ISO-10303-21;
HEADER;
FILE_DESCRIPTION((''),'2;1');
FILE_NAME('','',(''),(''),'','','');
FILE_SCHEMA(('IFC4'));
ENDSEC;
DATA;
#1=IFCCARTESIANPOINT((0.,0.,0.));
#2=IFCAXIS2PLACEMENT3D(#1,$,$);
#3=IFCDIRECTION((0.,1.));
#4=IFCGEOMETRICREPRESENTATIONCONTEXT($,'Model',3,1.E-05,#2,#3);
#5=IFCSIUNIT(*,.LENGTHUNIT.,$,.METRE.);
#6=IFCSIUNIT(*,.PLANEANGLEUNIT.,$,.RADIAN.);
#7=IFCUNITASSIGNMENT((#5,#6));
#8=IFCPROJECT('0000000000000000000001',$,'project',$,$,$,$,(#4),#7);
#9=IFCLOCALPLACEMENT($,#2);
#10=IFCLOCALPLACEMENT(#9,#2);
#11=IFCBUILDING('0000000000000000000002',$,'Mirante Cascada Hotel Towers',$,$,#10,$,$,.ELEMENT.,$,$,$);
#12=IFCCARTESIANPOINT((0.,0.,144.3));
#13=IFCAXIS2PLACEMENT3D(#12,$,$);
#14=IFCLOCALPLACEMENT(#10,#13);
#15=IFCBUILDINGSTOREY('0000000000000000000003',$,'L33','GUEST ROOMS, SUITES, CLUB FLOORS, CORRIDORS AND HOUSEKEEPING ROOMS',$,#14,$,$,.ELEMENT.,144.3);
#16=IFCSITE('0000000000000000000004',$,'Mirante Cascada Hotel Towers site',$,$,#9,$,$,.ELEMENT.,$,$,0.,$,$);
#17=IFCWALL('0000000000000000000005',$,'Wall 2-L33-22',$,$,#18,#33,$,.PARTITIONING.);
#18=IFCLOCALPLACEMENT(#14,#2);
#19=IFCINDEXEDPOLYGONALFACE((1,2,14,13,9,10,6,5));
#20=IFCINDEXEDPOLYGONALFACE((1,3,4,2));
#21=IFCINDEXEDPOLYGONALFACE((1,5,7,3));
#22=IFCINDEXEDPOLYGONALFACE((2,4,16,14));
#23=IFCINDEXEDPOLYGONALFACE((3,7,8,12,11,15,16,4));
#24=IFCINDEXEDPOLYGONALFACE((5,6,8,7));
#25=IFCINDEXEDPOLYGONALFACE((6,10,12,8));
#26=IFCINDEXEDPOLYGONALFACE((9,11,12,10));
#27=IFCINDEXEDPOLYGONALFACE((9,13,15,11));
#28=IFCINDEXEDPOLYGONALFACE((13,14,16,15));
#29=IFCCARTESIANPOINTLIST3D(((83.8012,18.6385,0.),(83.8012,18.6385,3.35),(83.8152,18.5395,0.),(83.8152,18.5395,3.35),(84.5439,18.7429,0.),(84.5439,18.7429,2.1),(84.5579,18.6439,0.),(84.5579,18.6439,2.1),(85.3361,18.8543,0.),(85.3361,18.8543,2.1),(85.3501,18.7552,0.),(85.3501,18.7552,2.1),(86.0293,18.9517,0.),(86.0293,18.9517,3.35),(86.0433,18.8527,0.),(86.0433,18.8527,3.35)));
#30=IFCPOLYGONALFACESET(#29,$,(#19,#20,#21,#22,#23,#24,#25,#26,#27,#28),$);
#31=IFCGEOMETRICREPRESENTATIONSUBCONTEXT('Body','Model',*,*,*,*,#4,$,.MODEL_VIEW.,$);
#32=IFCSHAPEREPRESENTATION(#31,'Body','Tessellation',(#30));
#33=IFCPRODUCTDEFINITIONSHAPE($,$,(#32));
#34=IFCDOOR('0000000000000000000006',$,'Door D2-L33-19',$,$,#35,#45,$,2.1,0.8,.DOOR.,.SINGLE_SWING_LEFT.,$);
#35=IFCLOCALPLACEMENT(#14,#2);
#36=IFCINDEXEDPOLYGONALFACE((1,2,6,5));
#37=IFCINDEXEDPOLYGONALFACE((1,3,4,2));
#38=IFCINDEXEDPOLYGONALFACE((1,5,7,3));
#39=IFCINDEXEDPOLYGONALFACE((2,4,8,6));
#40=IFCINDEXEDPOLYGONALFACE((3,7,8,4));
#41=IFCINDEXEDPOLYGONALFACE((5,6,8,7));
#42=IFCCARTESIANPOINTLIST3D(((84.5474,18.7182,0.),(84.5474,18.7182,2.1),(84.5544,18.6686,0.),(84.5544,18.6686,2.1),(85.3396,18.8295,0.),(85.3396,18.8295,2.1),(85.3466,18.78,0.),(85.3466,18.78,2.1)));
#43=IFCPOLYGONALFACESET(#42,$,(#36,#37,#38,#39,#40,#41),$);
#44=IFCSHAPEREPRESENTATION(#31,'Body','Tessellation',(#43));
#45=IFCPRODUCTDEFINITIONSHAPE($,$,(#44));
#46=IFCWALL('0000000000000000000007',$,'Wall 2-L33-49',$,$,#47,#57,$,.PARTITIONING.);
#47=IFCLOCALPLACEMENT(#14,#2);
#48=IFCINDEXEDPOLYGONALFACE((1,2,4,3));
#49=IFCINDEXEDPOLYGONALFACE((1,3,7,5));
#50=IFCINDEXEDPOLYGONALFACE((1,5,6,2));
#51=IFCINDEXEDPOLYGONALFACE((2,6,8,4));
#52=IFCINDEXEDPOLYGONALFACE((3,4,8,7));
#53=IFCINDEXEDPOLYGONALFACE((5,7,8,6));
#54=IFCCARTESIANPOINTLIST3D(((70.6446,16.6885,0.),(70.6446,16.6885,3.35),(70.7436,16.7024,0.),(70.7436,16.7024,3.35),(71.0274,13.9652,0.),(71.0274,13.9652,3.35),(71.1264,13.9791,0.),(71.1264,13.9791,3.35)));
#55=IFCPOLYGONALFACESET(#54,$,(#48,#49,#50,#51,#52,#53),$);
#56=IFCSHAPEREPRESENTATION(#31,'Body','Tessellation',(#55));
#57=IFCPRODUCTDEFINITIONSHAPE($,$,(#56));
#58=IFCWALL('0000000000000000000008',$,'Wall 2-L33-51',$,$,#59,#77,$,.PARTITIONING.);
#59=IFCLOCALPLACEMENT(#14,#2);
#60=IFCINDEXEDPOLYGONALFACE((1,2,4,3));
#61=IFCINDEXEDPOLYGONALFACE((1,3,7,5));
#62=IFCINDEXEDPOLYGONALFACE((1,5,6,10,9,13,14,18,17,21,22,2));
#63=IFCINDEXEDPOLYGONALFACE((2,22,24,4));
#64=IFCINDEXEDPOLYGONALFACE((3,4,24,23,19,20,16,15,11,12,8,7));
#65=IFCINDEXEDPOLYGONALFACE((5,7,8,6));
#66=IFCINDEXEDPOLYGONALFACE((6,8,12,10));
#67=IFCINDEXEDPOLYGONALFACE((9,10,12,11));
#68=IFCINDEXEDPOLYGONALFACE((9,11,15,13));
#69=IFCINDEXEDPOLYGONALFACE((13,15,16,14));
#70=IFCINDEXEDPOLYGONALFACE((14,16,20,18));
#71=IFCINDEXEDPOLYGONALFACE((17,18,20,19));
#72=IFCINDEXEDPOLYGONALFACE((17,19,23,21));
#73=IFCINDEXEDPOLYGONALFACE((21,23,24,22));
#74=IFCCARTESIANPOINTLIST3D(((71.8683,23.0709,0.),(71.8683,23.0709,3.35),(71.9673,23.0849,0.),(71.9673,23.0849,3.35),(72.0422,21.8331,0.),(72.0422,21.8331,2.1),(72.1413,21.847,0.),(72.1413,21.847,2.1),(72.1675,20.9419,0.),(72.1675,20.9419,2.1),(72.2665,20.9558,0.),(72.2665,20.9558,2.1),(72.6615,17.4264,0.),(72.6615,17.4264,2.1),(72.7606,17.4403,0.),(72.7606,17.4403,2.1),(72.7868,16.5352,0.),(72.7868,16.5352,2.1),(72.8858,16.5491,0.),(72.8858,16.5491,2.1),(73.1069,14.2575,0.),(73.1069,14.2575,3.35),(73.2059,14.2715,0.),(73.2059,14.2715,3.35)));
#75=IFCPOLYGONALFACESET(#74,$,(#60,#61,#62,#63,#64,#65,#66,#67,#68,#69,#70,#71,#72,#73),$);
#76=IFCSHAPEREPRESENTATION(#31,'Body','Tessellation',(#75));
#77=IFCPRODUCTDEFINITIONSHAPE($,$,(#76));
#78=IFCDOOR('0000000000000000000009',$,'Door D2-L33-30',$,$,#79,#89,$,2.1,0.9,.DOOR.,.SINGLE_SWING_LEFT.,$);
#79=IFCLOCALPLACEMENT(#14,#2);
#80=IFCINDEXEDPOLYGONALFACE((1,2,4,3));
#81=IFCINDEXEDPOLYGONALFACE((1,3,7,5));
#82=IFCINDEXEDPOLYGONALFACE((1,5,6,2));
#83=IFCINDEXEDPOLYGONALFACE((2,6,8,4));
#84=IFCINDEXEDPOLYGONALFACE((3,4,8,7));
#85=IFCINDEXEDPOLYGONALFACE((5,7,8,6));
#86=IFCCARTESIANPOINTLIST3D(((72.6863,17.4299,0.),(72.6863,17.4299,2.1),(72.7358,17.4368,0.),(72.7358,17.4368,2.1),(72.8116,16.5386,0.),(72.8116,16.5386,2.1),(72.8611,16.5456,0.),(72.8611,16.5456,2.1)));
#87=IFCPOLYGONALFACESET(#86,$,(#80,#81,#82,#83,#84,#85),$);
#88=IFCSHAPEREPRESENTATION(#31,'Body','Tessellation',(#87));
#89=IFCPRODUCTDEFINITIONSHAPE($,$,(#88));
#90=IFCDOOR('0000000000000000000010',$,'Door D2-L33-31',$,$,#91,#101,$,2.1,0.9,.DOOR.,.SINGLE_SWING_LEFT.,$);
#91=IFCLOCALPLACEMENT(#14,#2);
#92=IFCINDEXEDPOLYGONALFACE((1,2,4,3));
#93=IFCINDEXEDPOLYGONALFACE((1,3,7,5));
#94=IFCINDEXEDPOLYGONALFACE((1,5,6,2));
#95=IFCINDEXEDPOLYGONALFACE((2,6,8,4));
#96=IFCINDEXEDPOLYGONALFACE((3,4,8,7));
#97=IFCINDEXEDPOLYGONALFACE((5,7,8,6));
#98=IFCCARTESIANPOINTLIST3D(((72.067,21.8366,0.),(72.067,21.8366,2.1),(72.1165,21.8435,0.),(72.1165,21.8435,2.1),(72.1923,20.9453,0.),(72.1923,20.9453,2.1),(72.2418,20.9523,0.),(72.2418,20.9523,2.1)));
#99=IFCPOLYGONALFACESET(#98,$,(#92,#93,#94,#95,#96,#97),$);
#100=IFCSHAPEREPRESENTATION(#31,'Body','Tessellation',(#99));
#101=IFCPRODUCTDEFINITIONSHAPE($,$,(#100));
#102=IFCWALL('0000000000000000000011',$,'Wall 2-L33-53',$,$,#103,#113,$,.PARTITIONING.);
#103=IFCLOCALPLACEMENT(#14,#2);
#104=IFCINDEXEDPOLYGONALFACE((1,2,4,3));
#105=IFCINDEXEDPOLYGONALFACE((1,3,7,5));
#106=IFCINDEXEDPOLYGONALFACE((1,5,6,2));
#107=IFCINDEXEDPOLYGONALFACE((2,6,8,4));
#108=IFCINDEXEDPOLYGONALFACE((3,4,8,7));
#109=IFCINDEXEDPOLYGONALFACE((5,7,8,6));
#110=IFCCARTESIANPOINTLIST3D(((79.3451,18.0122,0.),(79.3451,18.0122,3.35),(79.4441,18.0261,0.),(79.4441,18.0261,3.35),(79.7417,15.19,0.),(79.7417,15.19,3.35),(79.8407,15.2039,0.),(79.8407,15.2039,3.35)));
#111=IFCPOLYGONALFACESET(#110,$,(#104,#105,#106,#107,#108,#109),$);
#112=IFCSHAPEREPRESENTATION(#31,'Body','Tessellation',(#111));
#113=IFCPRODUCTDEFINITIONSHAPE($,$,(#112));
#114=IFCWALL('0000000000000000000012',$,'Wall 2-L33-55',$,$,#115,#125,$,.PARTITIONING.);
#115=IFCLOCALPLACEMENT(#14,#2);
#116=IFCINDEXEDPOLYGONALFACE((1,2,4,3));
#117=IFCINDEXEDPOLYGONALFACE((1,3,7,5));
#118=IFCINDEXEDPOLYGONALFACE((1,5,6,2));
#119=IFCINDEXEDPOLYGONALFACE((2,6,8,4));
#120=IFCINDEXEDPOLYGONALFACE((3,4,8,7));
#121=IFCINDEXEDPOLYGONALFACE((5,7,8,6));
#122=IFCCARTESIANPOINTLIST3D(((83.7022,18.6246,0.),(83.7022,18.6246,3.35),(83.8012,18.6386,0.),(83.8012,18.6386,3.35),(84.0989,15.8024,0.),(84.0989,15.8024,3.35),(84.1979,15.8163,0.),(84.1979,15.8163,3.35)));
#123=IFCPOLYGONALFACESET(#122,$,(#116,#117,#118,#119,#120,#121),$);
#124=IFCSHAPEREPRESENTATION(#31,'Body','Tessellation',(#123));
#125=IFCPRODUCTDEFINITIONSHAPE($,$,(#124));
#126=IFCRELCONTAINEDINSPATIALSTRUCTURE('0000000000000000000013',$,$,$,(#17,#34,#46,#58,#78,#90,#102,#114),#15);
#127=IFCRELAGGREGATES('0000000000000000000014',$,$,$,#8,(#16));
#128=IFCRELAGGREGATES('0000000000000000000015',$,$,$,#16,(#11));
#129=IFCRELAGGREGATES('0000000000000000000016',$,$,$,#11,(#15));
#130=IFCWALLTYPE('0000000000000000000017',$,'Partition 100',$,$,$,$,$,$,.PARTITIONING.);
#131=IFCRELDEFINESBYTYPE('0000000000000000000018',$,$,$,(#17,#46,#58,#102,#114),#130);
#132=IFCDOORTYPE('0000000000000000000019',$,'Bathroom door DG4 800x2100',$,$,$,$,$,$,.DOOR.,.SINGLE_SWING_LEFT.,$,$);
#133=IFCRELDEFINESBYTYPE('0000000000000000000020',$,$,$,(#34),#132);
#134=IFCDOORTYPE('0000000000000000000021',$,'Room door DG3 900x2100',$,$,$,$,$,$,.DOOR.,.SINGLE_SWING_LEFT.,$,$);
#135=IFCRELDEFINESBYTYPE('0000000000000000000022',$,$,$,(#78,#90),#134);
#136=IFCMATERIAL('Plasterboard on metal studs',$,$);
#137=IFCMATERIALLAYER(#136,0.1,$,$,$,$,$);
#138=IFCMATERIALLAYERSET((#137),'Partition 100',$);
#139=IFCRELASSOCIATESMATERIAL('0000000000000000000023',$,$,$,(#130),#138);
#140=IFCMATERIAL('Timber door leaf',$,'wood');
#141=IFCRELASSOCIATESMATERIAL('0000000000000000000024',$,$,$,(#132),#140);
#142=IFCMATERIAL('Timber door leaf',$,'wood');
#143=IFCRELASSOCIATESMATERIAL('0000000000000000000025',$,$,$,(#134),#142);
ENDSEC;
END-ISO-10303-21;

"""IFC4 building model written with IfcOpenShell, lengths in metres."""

from ifc_helpers import new_model, si_unit, direction, frame, frame_2d, origin, place, context, subcontext, project, spatial, rectangle, extrude, material, layer, layer_set, type_object, element, fill, save


model = new_model("IFC4")

# Units and contexts
model_context = context("Model", 3, precision=1e-05, world=origin(), true_north=direction((0.0, 1.0)))
body_context = subcontext(model_context, "Body", "Model", "MODEL_VIEW")
ifc_project = project(units=[si_unit("LENGTHUNIT", "METRE"), si_unit("PLANEANGLEUNIT", "RADIAN")], contexts=[model_context])

# Site, building, storey
site_placement = place(None, origin())
site = spatial("IfcSite", under=ifc_project, at=site_placement, Name="Mirante Cascada Hotel Towers site", CompositionType="ELEMENT", RefElevation=0.0)
building_placement = place(site_placement, origin())
building = spatial("IfcBuilding", under=site, at=building_placement, Name="Mirante Cascada Hotel Towers", CompositionType="ELEMENT")
storey_placement = place(building_placement, frame((0.0, 0.0, 144.3)))
storey = spatial("IfcBuildingStorey", under=building, at=storey_placement, Name="L33", Description="GUEST ROOMS, SUITES, CLUB FLOORS, CORRIDORS AND HOUSEKEEPING ROOMS", CompositionType="ELEMENT", Elevation=144.3)

# Wall, opening, door
ifc_material_1 = material(Name="Plasterboard on metal studs")
ifc_layer_1 = layer(ifc_material_1, 0.1)
ifc_layer_set_1 = layer_set([ifc_layer_1], Name="Partition 100")
wall_type_1 = type_object("IfcWallType", Name="Partition 100", PredefinedType="PARTITIONING", material=ifc_layer_set_1)
ifc_material_2 = material(Name="Timber door leaf", Category="wood")
door_type_1 = type_object("IfcDoorType", Name="Bathroom door DG4 800x2100", OperationType="SINGLE_SWING_LEFT", PredefinedType="DOOR", material=ifc_material_2)
wall_1_placement = place(storey_placement, frame((83.8082, 18.589, 0.0), z_axis=(0.0, 0.0, 1.0), x_axis=(0.990264, 0.1392, 0.0)))
wall_1 = element("IfcWall", 1, at=wall_1_placement, inside=storey, type_object=wall_type_1, Name="Wall 2-L33-22", PredefinedType="PARTITIONING", context=body_context, shape_type="SweptSolid", body=[
    extrude(rectangle(XDim=2.25, YDim=0.1, at=frame_2d((1.125, 0.0))), origin(), (0.0, 0.0, 1.0), 3.35),
])
opening_1_placement = place(wall_1_placement, frame((0.75, 0.0, 0.0)))
opening_1 = element("IfcOpeningElement", 2, at=opening_1_placement, cuts=wall_1, PredefinedType="OPENING", context=body_context, shape_type="SweptSolid", body=[
    extrude(rectangle(XDim=0.8, YDim=2.1, at=frame_2d((0.4, 1.05))), frame((0.0, 0.05, 0.0), z_axis=(0.0, -1.0, 0.0), x_axis=(1.0, 0.0, 0.0)), (0.0, 0.0, 1.0), 0.1),
])
door_1_placement = place(opening_1_placement, origin())
door_1 = element("IfcDoor", 3, at=door_1_placement, inside=storey, type_object=door_type_1, Name="Door D2-L33-19", OperationType="SINGLE_SWING_LEFT", OverallHeight=2.1, OverallWidth=0.8, PredefinedType="DOOR", context=body_context, shape_type="SweptSolid", body=[
    extrude(rectangle(XDim=0.8, YDim=2.1, at=frame_2d((0.4, 1.05))), frame((0.0, 0.025, 0.0), z_axis=(0.0, -1.0, 0.0), x_axis=(1.0, 0.0, 0.0)), (0.0, 0.0, 1.0), 0.05),
])
fill(opening_1, door_1)

# Wall
wall_2_placement = place(storey_placement, frame((70.6941, 16.6955, 0.0), z_axis=(0.0, 0.0, 1.0), x_axis=(0.139196, -0.990265, 0.0)))
element("IfcWall", 4, at=wall_2_placement, inside=storey, type_object=wall_type_1, Name="Wall 2-L33-49", PredefinedType="PARTITIONING", context=body_context, shape_type="SweptSolid", body=[
    extrude(rectangle(XDim=2.7501, YDim=0.1, at=frame_2d((1.3751, 0.0))), origin(), (0.0, 0.0, 1.0), 3.35),
])

# Wall, openings, doors
wall_3_placement = place(storey_placement, frame((71.9178, 23.0779, 0.0), z_axis=(0.0, 0.0, 1.0), x_axis=(0.139168, -0.990269, 0.0)))
wall_3 = element("IfcWall", 5, at=wall_3_placement, inside=storey, type_object=wall_type_1, Name="Wall 2-L33-51", PredefinedType="PARTITIONING", context=body_context, shape_type="SweptSolid", body=[
    extrude(rectangle(XDim=8.9, YDim=0.1, at=frame_2d((4.45, 0.0))), origin(), (0.0, 0.0, 1.0), 3.35),
])
opening_2_placement = place(wall_3_placement, frame((5.7, 0.0, 0.0)))
opening_2 = element("IfcOpeningElement", 6, at=opening_2_placement, cuts=wall_3, PredefinedType="OPENING", context=body_context, shape_type="SweptSolid", body=[
    extrude(rectangle(XDim=0.9, YDim=2.1, at=frame_2d((0.45, 1.05))), frame((0.0, 0.05, 0.0), z_axis=(0.0, -1.0, 0.0), x_axis=(1.0, 0.0, 0.0)), (0.0, 0.0, 1.0), 0.1),
])
opening_3_placement = place(wall_3_placement, frame((1.25, 0.0, 0.0)))
opening_3 = element("IfcOpeningElement", 7, at=opening_3_placement, cuts=wall_3, PredefinedType="OPENING", context=body_context, shape_type="SweptSolid", body=[
    extrude(rectangle(XDim=0.9, YDim=2.1, at=frame_2d((0.45, 1.05))), frame((0.0, 0.05, 0.0), z_axis=(0.0, -1.0, 0.0), x_axis=(1.0, 0.0, 0.0)), (0.0, 0.0, 1.0), 0.1),
])
ifc_material_3 = material(Name="Timber door leaf", Category="wood")
door_type_2 = type_object("IfcDoorType", Name="Room door DG3 900x2100", OperationType="SINGLE_SWING_LEFT", PredefinedType="DOOR", material=ifc_material_3)
door_2_placement = place(opening_2_placement, origin())
door_2 = element("IfcDoor", 8, at=door_2_placement, inside=storey, type_object=door_type_2, Name="Door D2-L33-30", OperationType="SINGLE_SWING_LEFT", OverallHeight=2.1, OverallWidth=0.9, PredefinedType="DOOR", context=body_context, shape_type="SweptSolid", body=[
    extrude(rectangle(XDim=0.9, YDim=2.1, at=frame_2d((0.45, 1.05))), frame((0.0, 0.025, 0.0), z_axis=(0.0, -1.0, 0.0), x_axis=(1.0, 0.0, 0.0)), (0.0, 0.0, 1.0), 0.05),
])
fill(opening_2, door_2)
door_3_placement = place(opening_3_placement, origin())
door_3 = element("IfcDoor", 9, at=door_3_placement, inside=storey, type_object=door_type_2, Name="Door D2-L33-31", OperationType="SINGLE_SWING_LEFT", OverallHeight=2.1, OverallWidth=0.9, PredefinedType="DOOR", context=body_context, shape_type="SweptSolid", body=[
    extrude(rectangle(XDim=0.9, YDim=2.1, at=frame_2d((0.45, 1.05))), frame((0.0, 0.025, 0.0), z_axis=(0.0, -1.0, 0.0), x_axis=(1.0, 0.0, 0.0)), (0.0, 0.0, 1.0), 0.05),
])
fill(opening_3, door_3)

# Walls
wall_4_placement = place(storey_placement, frame((79.3946, 18.0192, 0.0), z_axis=(0.0, 0.0, 1.0), x_axis=(0.139161, -0.99027, 0.0)))
element("IfcWall", 10, at=wall_4_placement, inside=storey, type_object=wall_type_1, Name="Wall 2-L33-53", PredefinedType="PARTITIONING", context=body_context, shape_type="SweptSolid", body=[
    extrude(rectangle(XDim=2.8499, YDim=0.1, at=frame_2d((1.425, 0.0))), origin(), (0.0, 0.0, 1.0), 3.35),
])
wall_5_placement = place(storey_placement, frame((83.7517, 18.6316, 0.0), z_axis=(0.0, 0.0, 1.0), x_axis=(0.139191, -0.990266, 0.0)))
element("IfcWall", 11, at=wall_5_placement, inside=storey, type_object=wall_type_1, Name="Wall 2-L33-55", PredefinedType="PARTITIONING", context=body_context, shape_type="SweptSolid", body=[
    extrude(rectangle(XDim=2.85, YDim=0.1, at=frame_2d((1.425, 0.0))), origin(), (0.0, 0.0, 1.0), 3.35),
])

save(model, "model.ifc")
